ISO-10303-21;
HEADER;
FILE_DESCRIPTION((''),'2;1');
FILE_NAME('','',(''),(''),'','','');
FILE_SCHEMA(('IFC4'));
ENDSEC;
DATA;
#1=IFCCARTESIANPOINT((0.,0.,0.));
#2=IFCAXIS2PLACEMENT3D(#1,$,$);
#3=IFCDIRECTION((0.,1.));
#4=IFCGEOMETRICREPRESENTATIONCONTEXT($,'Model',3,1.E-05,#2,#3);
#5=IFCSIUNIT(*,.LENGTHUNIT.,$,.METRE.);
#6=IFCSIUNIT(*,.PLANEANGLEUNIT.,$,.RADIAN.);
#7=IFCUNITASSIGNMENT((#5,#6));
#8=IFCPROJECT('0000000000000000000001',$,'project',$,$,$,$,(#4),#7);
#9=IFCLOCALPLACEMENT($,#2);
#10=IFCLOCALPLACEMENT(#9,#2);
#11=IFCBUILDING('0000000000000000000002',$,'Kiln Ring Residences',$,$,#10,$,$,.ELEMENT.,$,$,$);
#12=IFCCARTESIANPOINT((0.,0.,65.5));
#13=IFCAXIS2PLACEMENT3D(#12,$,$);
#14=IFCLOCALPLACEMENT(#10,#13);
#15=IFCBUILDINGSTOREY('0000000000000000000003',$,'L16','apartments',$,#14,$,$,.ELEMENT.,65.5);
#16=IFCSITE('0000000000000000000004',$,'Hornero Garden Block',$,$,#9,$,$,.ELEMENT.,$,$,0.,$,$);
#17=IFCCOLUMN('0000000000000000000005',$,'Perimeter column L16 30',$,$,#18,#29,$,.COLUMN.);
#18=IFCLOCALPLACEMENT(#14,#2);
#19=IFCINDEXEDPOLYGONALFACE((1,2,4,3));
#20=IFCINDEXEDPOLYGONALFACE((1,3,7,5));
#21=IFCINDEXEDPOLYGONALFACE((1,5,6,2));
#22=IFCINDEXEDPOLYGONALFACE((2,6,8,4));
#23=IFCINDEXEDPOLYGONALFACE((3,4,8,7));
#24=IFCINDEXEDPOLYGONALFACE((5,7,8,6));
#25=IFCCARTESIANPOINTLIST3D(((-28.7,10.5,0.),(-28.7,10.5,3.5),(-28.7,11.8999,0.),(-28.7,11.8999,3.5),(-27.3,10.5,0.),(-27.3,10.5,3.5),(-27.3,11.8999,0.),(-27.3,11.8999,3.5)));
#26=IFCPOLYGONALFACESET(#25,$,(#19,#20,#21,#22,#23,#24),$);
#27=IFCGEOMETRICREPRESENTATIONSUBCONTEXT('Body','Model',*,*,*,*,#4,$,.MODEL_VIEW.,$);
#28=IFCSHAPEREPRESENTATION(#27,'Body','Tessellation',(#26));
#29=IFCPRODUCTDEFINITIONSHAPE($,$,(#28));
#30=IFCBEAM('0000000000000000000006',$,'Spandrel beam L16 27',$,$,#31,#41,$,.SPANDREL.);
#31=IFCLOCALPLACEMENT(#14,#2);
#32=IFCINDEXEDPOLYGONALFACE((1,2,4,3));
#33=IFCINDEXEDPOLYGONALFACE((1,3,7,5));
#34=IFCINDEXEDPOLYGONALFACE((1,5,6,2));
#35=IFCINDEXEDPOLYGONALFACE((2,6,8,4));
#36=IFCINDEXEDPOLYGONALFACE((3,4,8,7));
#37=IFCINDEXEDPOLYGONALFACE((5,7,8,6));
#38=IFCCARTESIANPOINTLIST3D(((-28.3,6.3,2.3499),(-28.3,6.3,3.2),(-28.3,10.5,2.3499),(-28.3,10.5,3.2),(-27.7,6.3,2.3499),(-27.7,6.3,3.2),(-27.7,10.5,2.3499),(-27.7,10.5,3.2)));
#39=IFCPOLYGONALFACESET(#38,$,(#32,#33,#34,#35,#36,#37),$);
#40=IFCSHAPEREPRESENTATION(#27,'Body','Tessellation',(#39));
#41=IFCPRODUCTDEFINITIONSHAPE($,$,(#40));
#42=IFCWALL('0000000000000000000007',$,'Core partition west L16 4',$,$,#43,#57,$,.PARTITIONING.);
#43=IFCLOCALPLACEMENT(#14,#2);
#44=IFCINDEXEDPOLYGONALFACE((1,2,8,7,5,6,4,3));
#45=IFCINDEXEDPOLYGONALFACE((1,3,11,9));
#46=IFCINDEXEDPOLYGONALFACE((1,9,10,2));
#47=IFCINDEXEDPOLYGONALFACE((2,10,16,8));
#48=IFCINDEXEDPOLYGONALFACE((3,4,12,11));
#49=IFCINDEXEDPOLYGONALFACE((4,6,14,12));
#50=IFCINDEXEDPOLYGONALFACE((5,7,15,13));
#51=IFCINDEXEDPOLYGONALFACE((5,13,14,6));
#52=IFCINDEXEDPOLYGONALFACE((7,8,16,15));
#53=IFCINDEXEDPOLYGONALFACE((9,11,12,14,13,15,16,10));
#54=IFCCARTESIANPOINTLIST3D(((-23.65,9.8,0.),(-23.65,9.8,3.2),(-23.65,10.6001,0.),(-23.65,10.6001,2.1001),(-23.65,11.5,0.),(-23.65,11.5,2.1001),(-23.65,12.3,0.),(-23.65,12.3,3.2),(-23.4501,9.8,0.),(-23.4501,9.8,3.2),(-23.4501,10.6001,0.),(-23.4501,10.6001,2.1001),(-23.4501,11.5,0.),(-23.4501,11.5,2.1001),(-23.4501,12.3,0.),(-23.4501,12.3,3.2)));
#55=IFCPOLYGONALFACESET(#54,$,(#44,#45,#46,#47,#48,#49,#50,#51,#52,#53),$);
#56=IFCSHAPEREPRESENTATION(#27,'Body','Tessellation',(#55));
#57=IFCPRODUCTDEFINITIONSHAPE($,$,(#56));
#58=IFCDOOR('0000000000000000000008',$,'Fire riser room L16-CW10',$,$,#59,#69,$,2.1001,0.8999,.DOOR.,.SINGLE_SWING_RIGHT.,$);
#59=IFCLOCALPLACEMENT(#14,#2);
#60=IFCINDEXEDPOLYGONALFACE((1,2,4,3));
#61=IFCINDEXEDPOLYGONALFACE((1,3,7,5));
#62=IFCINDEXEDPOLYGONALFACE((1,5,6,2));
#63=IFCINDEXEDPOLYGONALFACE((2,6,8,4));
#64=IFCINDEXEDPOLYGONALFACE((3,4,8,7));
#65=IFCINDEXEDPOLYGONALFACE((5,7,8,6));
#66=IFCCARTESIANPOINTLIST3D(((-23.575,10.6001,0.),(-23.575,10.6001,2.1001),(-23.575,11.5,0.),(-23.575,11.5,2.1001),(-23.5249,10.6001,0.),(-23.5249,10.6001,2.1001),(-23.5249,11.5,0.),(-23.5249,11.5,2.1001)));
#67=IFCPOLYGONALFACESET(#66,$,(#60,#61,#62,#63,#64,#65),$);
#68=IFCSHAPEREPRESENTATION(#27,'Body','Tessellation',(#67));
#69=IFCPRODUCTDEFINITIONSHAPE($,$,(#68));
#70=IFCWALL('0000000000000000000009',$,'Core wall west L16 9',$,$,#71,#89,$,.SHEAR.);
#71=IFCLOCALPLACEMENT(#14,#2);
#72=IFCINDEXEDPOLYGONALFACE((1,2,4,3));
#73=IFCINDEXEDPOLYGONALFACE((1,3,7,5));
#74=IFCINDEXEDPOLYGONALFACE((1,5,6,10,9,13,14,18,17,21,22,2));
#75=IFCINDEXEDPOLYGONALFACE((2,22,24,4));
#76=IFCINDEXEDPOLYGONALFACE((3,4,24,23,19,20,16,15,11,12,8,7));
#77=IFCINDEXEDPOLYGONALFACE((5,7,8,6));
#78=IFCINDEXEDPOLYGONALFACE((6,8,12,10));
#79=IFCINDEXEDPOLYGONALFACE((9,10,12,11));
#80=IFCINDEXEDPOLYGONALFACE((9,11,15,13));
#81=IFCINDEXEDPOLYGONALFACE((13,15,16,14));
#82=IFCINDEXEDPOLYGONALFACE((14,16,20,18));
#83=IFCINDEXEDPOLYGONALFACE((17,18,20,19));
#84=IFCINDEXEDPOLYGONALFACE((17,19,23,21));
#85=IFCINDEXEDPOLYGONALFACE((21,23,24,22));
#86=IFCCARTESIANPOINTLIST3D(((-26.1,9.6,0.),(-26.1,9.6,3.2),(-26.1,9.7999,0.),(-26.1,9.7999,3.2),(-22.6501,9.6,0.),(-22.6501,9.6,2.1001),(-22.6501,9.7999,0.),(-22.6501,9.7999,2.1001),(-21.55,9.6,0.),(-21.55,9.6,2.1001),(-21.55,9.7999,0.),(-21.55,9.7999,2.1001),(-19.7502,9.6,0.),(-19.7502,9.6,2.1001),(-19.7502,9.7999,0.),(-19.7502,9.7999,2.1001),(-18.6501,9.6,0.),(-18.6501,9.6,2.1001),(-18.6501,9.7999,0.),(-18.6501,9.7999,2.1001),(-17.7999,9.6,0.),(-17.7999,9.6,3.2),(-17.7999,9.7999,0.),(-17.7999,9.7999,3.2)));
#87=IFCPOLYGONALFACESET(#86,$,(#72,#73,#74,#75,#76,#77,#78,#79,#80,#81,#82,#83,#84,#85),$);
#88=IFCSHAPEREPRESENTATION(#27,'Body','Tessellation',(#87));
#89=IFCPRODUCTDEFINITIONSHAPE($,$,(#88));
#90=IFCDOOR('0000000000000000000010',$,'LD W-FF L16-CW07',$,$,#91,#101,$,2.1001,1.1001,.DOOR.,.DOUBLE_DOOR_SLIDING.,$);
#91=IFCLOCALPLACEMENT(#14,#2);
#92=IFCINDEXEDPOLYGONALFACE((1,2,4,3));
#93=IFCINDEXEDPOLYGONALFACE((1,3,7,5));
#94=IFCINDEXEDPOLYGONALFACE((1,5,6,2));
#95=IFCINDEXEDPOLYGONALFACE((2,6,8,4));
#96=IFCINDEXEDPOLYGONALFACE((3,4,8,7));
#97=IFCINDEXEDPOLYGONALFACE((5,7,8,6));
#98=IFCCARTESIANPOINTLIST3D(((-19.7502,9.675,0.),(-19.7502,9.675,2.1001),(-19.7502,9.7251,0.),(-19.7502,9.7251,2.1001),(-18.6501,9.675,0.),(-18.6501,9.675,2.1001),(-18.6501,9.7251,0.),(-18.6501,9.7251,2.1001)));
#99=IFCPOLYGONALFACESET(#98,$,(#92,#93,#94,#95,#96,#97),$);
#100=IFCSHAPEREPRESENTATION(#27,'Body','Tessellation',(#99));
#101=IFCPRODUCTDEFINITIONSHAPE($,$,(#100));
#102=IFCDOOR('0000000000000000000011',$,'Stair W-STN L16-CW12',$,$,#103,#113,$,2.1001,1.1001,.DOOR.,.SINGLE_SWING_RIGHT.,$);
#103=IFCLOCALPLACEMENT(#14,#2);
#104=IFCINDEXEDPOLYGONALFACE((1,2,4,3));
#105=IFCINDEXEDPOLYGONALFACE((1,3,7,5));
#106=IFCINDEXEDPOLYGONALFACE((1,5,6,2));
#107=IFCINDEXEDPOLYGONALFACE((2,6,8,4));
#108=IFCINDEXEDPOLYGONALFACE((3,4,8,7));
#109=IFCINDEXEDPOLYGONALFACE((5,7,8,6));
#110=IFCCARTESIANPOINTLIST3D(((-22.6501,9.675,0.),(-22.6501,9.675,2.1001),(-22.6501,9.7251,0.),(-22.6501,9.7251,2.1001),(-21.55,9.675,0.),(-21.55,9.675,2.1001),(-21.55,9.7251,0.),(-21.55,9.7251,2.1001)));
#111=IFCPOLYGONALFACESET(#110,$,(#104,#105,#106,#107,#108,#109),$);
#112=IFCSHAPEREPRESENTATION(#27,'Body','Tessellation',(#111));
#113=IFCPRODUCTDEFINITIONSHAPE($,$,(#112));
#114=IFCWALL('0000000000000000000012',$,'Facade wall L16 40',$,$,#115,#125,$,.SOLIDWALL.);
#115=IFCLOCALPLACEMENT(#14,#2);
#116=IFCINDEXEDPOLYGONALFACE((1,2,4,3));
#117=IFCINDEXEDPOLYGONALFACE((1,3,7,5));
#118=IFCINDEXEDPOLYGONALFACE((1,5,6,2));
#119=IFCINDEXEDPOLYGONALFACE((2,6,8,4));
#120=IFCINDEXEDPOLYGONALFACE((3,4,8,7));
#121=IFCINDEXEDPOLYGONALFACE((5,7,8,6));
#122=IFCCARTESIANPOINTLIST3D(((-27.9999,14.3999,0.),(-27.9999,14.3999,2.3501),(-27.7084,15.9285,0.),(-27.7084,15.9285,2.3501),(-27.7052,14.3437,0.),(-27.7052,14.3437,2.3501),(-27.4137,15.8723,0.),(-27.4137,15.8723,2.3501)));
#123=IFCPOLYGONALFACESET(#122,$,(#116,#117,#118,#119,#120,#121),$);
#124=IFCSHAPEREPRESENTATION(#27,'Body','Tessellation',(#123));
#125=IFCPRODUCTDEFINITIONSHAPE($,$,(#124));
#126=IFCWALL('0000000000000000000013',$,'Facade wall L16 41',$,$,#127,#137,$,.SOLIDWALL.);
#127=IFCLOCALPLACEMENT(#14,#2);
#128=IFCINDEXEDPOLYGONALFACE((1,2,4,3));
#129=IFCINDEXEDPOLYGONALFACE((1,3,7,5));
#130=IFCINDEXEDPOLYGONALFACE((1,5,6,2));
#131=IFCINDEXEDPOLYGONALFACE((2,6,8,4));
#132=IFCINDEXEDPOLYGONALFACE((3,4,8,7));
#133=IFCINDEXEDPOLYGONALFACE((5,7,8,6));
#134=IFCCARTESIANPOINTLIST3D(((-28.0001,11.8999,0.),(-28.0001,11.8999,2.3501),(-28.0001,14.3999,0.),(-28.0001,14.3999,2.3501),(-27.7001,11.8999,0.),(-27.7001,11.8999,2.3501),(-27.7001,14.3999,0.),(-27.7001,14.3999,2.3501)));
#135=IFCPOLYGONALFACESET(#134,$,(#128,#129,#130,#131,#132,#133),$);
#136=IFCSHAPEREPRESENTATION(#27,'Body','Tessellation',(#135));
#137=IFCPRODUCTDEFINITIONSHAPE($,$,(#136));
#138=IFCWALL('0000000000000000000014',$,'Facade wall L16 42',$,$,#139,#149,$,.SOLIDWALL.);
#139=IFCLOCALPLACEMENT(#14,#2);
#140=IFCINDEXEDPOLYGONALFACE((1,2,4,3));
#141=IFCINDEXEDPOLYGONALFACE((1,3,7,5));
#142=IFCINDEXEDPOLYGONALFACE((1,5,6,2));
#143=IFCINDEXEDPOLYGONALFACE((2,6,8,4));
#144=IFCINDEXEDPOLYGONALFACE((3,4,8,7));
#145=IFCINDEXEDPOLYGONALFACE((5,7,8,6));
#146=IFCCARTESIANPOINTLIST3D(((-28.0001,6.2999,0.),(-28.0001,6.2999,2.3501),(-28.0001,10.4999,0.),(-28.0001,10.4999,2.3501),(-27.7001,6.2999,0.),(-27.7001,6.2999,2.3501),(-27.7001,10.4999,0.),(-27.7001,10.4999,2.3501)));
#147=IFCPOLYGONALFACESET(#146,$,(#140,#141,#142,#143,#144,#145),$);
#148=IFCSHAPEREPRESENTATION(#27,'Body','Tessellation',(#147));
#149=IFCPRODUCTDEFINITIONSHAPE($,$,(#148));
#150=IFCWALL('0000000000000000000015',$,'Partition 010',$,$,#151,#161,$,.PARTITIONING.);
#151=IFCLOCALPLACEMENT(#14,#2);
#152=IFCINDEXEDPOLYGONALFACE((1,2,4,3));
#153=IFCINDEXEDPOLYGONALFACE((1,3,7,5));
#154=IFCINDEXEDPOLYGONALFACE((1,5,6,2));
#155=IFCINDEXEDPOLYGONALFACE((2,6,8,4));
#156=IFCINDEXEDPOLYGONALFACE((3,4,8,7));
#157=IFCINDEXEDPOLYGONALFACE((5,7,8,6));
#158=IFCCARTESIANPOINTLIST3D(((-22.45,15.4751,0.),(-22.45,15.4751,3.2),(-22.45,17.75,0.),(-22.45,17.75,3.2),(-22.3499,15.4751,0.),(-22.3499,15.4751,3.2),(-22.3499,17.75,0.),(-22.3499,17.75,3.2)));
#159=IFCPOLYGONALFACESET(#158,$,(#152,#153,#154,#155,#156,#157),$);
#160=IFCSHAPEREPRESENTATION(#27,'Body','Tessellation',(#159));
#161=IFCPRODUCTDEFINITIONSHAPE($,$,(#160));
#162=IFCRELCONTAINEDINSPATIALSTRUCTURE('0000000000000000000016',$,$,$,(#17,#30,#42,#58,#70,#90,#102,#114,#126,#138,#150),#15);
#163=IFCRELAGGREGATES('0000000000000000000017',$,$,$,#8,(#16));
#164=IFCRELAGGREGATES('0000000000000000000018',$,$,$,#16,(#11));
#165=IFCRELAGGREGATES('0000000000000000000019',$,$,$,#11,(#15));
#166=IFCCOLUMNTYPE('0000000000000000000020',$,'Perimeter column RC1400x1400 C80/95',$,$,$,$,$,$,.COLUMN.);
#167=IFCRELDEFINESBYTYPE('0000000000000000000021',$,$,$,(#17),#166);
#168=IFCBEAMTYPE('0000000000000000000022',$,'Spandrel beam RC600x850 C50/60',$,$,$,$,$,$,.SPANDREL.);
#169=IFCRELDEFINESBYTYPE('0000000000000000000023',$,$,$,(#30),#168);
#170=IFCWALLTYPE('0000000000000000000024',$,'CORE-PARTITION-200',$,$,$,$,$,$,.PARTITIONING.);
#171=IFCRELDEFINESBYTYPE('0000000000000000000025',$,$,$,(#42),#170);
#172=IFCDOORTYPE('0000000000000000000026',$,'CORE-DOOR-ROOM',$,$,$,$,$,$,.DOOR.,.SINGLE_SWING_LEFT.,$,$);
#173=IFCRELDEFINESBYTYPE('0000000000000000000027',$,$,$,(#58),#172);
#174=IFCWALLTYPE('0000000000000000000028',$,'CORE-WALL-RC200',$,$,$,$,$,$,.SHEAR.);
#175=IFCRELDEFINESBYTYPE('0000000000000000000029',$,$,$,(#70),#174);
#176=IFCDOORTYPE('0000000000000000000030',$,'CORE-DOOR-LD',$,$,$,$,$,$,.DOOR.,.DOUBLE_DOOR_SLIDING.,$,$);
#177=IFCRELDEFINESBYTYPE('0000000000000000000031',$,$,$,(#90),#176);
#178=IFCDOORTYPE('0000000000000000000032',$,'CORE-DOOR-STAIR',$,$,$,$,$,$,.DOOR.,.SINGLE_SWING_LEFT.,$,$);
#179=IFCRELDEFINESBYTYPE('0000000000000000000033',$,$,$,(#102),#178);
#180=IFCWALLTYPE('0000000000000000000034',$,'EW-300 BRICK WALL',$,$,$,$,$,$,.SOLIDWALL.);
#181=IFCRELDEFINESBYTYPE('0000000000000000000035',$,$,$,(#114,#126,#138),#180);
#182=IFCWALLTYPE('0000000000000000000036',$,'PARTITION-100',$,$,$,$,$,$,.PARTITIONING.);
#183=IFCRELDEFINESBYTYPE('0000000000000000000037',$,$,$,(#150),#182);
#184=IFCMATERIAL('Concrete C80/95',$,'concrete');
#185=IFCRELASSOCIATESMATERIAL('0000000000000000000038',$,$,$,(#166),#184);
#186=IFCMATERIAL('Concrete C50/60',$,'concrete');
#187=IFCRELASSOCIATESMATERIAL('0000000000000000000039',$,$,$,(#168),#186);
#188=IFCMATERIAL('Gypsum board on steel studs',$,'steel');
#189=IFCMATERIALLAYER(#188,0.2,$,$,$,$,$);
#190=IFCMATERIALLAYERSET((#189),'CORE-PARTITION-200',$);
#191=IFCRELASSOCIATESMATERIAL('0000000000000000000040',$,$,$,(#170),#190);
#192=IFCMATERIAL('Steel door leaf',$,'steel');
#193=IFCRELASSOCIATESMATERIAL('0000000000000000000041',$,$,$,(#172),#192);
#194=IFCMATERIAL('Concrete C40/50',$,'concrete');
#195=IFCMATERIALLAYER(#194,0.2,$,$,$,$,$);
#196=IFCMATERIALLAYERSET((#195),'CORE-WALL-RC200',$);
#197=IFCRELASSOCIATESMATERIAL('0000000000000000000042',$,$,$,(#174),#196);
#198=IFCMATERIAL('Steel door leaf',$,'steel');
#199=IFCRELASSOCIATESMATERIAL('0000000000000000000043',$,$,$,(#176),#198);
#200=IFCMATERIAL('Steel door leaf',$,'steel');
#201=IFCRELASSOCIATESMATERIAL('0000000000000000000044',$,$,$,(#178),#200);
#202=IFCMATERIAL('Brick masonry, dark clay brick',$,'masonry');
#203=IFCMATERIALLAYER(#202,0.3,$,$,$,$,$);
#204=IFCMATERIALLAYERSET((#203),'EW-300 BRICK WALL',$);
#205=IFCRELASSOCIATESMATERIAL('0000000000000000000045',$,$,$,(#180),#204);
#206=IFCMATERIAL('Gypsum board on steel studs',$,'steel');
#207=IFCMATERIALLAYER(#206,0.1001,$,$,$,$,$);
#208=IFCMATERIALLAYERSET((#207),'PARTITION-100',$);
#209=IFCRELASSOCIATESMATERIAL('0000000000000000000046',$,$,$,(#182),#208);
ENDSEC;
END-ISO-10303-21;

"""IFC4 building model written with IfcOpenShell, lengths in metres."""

from ifc_helpers import new_model, si_unit, direction, frame, frame_2d, origin, origin_2d, place, context, subcontext, project, spatial, rectangle, extrude, material, layer, layer_set, material_profile, profile_set, type_object, element, fill, save


model = new_model("IFC4")

# Units and contexts
model_context = context("Model", 3, precision=1e-05, world=origin(), true_north=direction((0.0, 1.0)))
body_context = subcontext(model_context, "Body", "Model", "MODEL_VIEW")
ifc_project = project(units=[si_unit("LENGTHUNIT", "METRE"), si_unit("PLANEANGLEUNIT", "RADIAN")], contexts=[model_context])

# Site, building, storey
site_placement = place(None, origin())
site = spatial("IfcSite", under=ifc_project, at=site_placement, Name="Hornero Garden Block", CompositionType="ELEMENT", RefElevation=0.0)
building_placement = place(site_placement, origin())
building = spatial("IfcBuilding", under=site, at=building_placement, Name="Kiln Ring Residences", CompositionType="ELEMENT")
storey_placement = place(building_placement, frame((0.0, 0.0, 65.5)))
storey = spatial("IfcBuildingStorey", under=building, at=storey_placement, Name="L16", Description="apartments", CompositionType="ELEMENT", Elevation=65.5)

# Column
ifc_material_1 = material(Name="Concrete C80/95", Category="concrete")
ifc_material_profile_1 = material_profile(ifc_material_1, rectangle(XDim=1.3999, YDim=1.3999, at=origin_2d()), Name="RC1400x1400")
ifc_profile_set_1 = profile_set([ifc_material_profile_1], Name="Concrete C80/95")
column_type = type_object("IfcColumnType", Name="Perimeter column RC1400x1400 C80/95", PredefinedType="COLUMN", material=ifc_profile_set_1)
column_placement = place(storey_placement, frame((-28.0, 11.2, 0.0), z_axis=(0.0, 0.0, 1.0), x_axis=(1.0, 0.0, 0.0)))
element("IfcColumn", 1, at=column_placement, inside=storey, type_object=column_type, Name="Perimeter column L16 30", PredefinedType="COLUMN", context=body_context, shape_type="SweptSolid", body=[
    extrude(rectangle(XDim=1.3999, YDim=1.3999, at=origin_2d()), origin(), (0.0, 0.0, 1.0), 3.5),
])

# Beam
ifc_material_2 = material(Name="Concrete C50/60", Category="concrete")
ifc_material_profile_2 = material_profile(ifc_material_2, rectangle(XDim=0.6001, YDim=0.8501, at=origin_2d()), Name="RC600x850")
ifc_profile_set_2 = profile_set([ifc_material_profile_2], Name="Concrete C50/60")
beam_type = type_object("IfcBeamType", Name="Spandrel beam RC600x850 C50/60", PredefinedType="SPANDREL", material=ifc_profile_set_2)
beam_placement = place(storey_placement, frame((-28.0, 10.5, 2.7749), z_axis=(0.0, -1.0, 0.0), x_axis=(1.0, 0.0, 0.0)))
element("IfcBeam", 2, at=beam_placement, inside=storey, type_object=beam_type, Name="Spandrel beam L16 27", PredefinedType="SPANDREL", context=body_context, shape_type="SweptSolid", body=[
    extrude(rectangle(XDim=0.6001, YDim=0.8501, at=origin_2d()), origin(), (0.0, 0.0, 1.0), 4.2),
])

# Wall, opening, door
ifc_material_3 = material(Name="Gypsum board on steel studs", Category="steel")
ifc_layer_1 = layer(ifc_material_3, 0.2)
ifc_layer_set_1 = layer_set([ifc_layer_1], Name="CORE-PARTITION-200")
wall_type_1 = type_object("IfcWallType", Name="CORE-PARTITION-200", PredefinedType="PARTITIONING", material=ifc_layer_set_1)
wall_1_placement = place(storey_placement, frame((-23.55, 9.8, 0.0), z_axis=(0.0, 0.0, 1.0), x_axis=(0.0, 1.0, 0.0)))
wall_1 = element("IfcWall", 3, at=wall_1_placement, inside=storey, type_object=wall_type_1, Name="Core partition west L16 4", PredefinedType="PARTITIONING", context=body_context, shape_type="SweptSolid", body=[
    extrude(rectangle(XDim=2.5, YDim=0.2, at=frame_2d((1.25, 0.0))), origin(), (0.0, 0.0, 1.0), 3.2),
])
opening_1_placement = place(wall_1_placement, frame((0.8, 0.0, 0.0)))
opening_1 = element("IfcOpeningElement", 4, at=opening_1_placement, cuts=wall_1, PredefinedType="OPENING", context=body_context, shape_type="SweptSolid", body=[
    extrude(rectangle(XDim=0.8999, YDim=2.1001, at=frame_2d((0.45, 1.05))), frame((0.0, 0.1099, 0.0), z_axis=(0.0, -1.0, 0.0), x_axis=(1.0, 0.0, 0.0)), (0.0, 0.0, 1.0), 0.22),
])
ifc_material_4 = material(Name="Steel door leaf", Category="steel")
door_type_1 = type_object("IfcDoorType", Name="CORE-DOOR-ROOM", OperationType="SINGLE_SWING_LEFT", PredefinedType="DOOR", material=ifc_material_4)
door_1_placement = place(opening_1_placement, origin())
door_1 = element("IfcDoor", 5, at=door_1_placement, inside=storey, type_object=door_type_1, Name="Fire riser room L16-CW10", OperationType="SINGLE_SWING_RIGHT", OverallHeight=2.1001, OverallWidth=0.8999, PredefinedType="DOOR", context=body_context, shape_type="SweptSolid", body=[
    extrude(rectangle(XDim=0.8999, YDim=2.1001, at=frame_2d((0.45, 1.05))), frame((0.0, 0.0249, 0.0), z_axis=(0.0, -1.0, 0.0), x_axis=(1.0, 0.0, 0.0)), (0.0, 0.0, 1.0), 0.05),
])
fill(opening_1, door_1)

# Wall, openings, doors
ifc_material_5 = material(Name="Concrete C40/50", Category="concrete")
ifc_layer_2 = layer(ifc_material_5, 0.2)
ifc_layer_set_2 = layer_set([ifc_layer_2], Name="CORE-WALL-RC200")
wall_type_2 = type_object("IfcWallType", Name="CORE-WALL-RC200", PredefinedType="SHEAR", material=ifc_layer_set_2)
wall_2_placement = place(storey_placement, frame((-17.8, 9.7, 0.0), z_axis=(0.0, 0.0, 1.0), x_axis=(-1.0, 0.0, 0.0)))
wall_2 = element("IfcWall", 6, at=wall_2_placement, inside=storey, type_object=wall_type_2, Name="Core wall west L16 9", PredefinedType="SHEAR", context=body_context, shape_type="SweptSolid", body=[
    extrude(rectangle(XDim=8.3, YDim=0.2, at=frame_2d((4.1499, 0.0))), origin(), (0.0, 0.0, 1.0), 3.2),
])
opening_2_placement = place(wall_2_placement, frame((0.8501, 0.0, 0.0)))
opening_2 = element("IfcOpeningElement", 7, at=opening_2_placement, cuts=wall_2, PredefinedType="OPENING", context=body_context, shape_type="SweptSolid", body=[
    extrude(rectangle(XDim=1.1001, YDim=2.1001, at=frame_2d((0.55, 1.05))), frame((0.0, 0.1099, 0.0), z_axis=(0.0, -1.0, 0.0), x_axis=(1.0, 0.0, 0.0)), (0.0, 0.0, 1.0), 0.22),
])
opening_3_placement = place(wall_2_placement, frame((3.75, 0.0, 0.0)))
opening_3 = element("IfcOpeningElement", 8, at=opening_3_placement, cuts=wall_2, PredefinedType="OPENING", context=body_context, shape_type="SweptSolid", body=[
    extrude(rectangle(XDim=1.1001, YDim=2.1001, at=frame_2d((0.55, 1.05))), frame((0.0, 0.1099, 0.0), z_axis=(0.0, -1.0, 0.0), x_axis=(1.0, 0.0, 0.0)), (0.0, 0.0, 1.0), 0.22),
])
ifc_material_6 = material(Name="Steel door leaf", Category="steel")
door_type_2 = type_object("IfcDoorType", Name="CORE-DOOR-LD", OperationType="DOUBLE_DOOR_SLIDING", PredefinedType="DOOR", material=ifc_material_6)
door_2_placement = place(opening_2_placement, origin())
door_2 = element("IfcDoor", 9, at=door_2_placement, inside=storey, type_object=door_type_2, Name="LD W-FF L16-CW07", OperationType="DOUBLE_DOOR_SLIDING", OverallHeight=2.1001, OverallWidth=1.1001, PredefinedType="DOOR", context=body_context, shape_type="SweptSolid", body=[
    extrude(rectangle(XDim=1.1001, YDim=2.1001, at=frame_2d((0.55, 1.05))), frame((0.0, 0.0249, 0.0), z_axis=(0.0, -1.0, 0.0), x_axis=(1.0, 0.0, 0.0)), (0.0, 0.0, 1.0), 0.05),
])
fill(opening_2, door_2)
ifc_material_7 = material(Name="Steel door leaf", Category="steel")
door_type_3 = type_object("IfcDoorType", Name="CORE-DOOR-STAIR", OperationType="SINGLE_SWING_LEFT", PredefinedType="DOOR", material=ifc_material_7)
door_3_placement = place(opening_3_placement, origin())
door_3 = element("IfcDoor", 10, at=door_3_placement, inside=storey, type_object=door_type_3, Name="Stair W-STN L16-CW12", OperationType="SINGLE_SWING_RIGHT", OverallHeight=2.1001, OverallWidth=1.1001, PredefinedType="DOOR", context=body_context, shape_type="SweptSolid", body=[
    extrude(rectangle(XDim=1.1001, YDim=2.1001, at=frame_2d((0.55, 1.05))), frame((0.0, 0.0249, 0.0), z_axis=(0.0, -1.0, 0.0), x_axis=(1.0, 0.0, 0.0)), (0.0, 0.0, 1.0), 0.05),
])
fill(opening_3, door_3)

# Walls
ifc_material_8 = material(Name="Brick masonry, dark clay brick", Category="masonry")
ifc_layer_3 = layer(ifc_material_8, 0.3)
ifc_layer_set_3 = layer_set([ifc_layer_3], Name="EW-300 BRICK WALL")
wall_type_3 = type_object("IfcWallType", Name="EW-300 BRICK WALL", PredefinedType="SOLIDWALL", material=ifc_layer_set_3)
wall_3_placement = place(storey_placement, frame((-27.561, 15.9004, 0.0), z_axis=(0.0, 0.0, 1.0), x_axis=(-0.187328, -0.982297, 0.0)))
element("IfcWall", 11, at=wall_3_placement, inside=storey, type_object=wall_type_3, Name="Facade wall L16 40", PredefinedType="SOLIDWALL", context=body_context, shape_type="SweptSolid", body=[
    extrude(rectangle(XDim=1.5562, YDim=0.3, at=frame_2d((0.7781, 0.0))), origin(), (0.0, 0.0, 1.0), 2.3501),
])
wall_4_placement = place(storey_placement, frame((-27.8501, 14.3999, 0.0), z_axis=(0.0, 0.0, 1.0), x_axis=(0.0, -1.0, 0.0)))
element("IfcWall", 12, at=wall_4_placement, inside=storey, type_object=wall_type_3, Name="Facade wall L16 41", PredefinedType="SOLIDWALL", context=body_context, shape_type="SweptSolid", body=[
    extrude(rectangle(XDim=2.5, YDim=0.3, at=frame_2d((1.25, 0.0))), origin(), (0.0, 0.0, 1.0), 2.3501),
])
wall_5_placement = place(storey_placement, frame((-27.8501, 10.5, 0.0), z_axis=(0.0, 0.0, 1.0), x_axis=(0.0, -1.0, 0.0)))
element("IfcWall", 13, at=wall_5_placement, inside=storey, type_object=wall_type_3, Name="Facade wall L16 42", PredefinedType="SOLIDWALL", context=body_context, shape_type="SweptSolid", body=[
    extrude(rectangle(XDim=4.2, YDim=0.3, at=frame_2d((2.1001, 0.0))), origin(), (0.0, 0.0, 1.0), 2.3501),
])
ifc_material_9 = material(Name="Gypsum board on steel studs", Category="steel")
ifc_layer_4 = layer(ifc_material_9, 0.1001)
ifc_layer_set_4 = layer_set([ifc_layer_4], Name="PARTITION-100")
wall_type_4 = type_object("IfcWallType", Name="PARTITION-100", PredefinedType="PARTITIONING", material=ifc_layer_set_4)
wall_6_placement = place(storey_placement, frame((-22.3999, 15.4751, 0.0), z_axis=(0.0, 0.0, 1.0), x_axis=(0.0, 1.0, 0.0)))
element("IfcWall", 14, at=wall_6_placement, inside=storey, type_object=wall_type_4, Name="Partition 010", PredefinedType="PARTITIONING", context=body_context, shape_type="SweptSolid", body=[
    extrude(rectangle(XDim=2.2749, YDim=0.1001, at=frame_2d((1.1375, 0.0))), origin(), (0.0, 0.0, 1.0), 3.2),
])

save(model, "model.ifc")
